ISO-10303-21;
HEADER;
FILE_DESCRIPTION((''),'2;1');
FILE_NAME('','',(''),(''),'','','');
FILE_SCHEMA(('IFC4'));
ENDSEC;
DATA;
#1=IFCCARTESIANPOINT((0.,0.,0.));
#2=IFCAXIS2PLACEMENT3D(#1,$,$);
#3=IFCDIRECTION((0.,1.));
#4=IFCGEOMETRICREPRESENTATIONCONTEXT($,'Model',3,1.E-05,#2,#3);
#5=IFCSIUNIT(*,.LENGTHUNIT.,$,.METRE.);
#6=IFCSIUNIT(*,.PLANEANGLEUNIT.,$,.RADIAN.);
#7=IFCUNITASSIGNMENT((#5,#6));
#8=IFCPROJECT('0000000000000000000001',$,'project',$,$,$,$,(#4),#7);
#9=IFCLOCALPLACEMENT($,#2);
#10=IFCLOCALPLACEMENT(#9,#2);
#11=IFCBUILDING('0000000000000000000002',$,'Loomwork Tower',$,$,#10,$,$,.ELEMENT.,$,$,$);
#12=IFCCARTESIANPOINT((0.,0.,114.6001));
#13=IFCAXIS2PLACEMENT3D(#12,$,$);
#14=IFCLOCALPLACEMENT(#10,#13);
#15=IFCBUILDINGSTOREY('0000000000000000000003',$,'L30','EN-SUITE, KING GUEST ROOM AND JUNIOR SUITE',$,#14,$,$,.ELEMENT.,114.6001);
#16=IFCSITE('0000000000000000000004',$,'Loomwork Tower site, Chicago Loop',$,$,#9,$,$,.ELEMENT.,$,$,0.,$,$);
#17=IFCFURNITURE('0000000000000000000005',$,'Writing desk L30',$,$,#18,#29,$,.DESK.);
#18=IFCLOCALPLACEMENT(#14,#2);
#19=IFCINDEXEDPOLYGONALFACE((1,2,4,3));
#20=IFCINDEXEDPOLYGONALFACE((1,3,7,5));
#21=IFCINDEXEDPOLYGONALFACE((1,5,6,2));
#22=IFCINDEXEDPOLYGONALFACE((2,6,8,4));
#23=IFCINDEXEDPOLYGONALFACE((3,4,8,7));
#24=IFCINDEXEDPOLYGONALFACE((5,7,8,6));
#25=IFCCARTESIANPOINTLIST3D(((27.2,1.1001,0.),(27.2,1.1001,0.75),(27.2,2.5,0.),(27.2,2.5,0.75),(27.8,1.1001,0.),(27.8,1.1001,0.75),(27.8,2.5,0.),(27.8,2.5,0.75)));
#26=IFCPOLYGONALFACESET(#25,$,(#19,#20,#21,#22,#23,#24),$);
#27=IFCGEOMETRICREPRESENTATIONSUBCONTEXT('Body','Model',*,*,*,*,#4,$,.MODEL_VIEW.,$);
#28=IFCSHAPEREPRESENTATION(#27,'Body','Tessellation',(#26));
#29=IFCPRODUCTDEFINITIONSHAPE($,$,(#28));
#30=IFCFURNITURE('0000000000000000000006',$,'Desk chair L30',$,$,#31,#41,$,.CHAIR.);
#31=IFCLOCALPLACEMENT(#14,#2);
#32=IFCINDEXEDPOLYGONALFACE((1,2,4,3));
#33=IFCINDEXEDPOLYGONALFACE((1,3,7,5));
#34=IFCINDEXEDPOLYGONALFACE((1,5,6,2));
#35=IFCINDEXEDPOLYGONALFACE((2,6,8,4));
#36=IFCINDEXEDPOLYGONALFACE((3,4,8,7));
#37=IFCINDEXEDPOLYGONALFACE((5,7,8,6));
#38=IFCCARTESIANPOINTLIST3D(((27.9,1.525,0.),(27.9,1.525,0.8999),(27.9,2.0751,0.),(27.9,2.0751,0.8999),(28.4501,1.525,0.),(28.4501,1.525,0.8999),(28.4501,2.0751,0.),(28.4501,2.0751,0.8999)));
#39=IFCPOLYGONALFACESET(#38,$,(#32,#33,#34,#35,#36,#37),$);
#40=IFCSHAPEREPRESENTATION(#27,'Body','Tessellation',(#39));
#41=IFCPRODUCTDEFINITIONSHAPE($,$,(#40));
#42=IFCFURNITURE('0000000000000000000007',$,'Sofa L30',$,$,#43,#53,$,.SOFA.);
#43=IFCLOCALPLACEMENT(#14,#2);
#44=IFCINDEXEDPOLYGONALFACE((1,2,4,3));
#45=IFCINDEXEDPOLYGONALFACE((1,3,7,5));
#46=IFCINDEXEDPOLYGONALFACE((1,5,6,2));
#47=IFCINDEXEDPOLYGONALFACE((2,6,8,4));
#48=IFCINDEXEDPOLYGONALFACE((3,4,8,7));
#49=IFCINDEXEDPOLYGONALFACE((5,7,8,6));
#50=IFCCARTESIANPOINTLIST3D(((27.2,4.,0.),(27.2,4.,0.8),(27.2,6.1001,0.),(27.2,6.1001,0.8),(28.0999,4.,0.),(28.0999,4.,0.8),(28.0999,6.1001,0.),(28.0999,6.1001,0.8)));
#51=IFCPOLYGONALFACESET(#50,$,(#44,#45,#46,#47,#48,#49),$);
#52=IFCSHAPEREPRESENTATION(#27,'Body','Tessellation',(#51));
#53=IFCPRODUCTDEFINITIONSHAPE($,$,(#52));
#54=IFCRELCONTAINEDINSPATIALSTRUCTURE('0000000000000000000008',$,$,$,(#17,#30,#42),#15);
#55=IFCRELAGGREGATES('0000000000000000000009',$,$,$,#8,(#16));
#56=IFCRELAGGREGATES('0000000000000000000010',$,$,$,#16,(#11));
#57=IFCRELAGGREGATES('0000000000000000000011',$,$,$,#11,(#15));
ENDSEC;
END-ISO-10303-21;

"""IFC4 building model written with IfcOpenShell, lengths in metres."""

from ifc_helpers import new_model, si_unit, direction, frame, origin, origin_2d, place, context, subcontext, project, spatial, rectangle, extrude, element, save


model = new_model("IFC4")

# Units and contexts
model_context = context("Model", 3, precision=1e-05, world=origin(), true_north=direction((0.0, 1.0)))
body_context = subcontext(model_context, "Body", "Model", "MODEL_VIEW")
ifc_project = project(units=[si_unit("LENGTHUNIT", "METRE"), si_unit("PLANEANGLEUNIT", "RADIAN")], contexts=[model_context])

# Site, building, storey
site_placement = place(None, origin())
site = spatial("IfcSite", under=ifc_project, at=site_placement, Name="Loomwork Tower site, Chicago Loop", CompositionType="ELEMENT", RefElevation=0.0)
building_placement = place(site_placement, origin())
building = spatial("IfcBuilding", under=site, at=building_placement, Name="Loomwork Tower", CompositionType="ELEMENT")
storey_placement = place(building_placement, frame((0.0, 0.0, 114.6001)))
storey = spatial("IfcBuildingStorey", under=building, at=storey_placement, Name="L30", Description="EN-SUITE, KING GUEST ROOM AND JUNIOR SUITE", CompositionType="ELEMENT", Elevation=114.6001)

# Furniture
furniture_1_placement = place(storey_placement, frame((27.5, 1.8, 0.0), z_axis=(0.0, 0.0, 1.0), x_axis=(1.0, 0.0, 0.0)))
element("IfcFurniture", 1, at=furniture_1_placement, inside=storey, Name="Writing desk L30", PredefinedType="DESK", context=body_context, shape_type="SweptSolid", body=[
    extrude(rectangle(XDim=0.6001, YDim=1.3999, at=origin_2d()), origin(), (0.0, 0.0, 1.0), 0.75),
])
furniture_2_placement = place(storey_placement, frame((28.175, 1.8, 0.0), z_axis=(0.0, 0.0, 1.0), x_axis=(1.0, 0.0, 0.0)))
element("IfcFurniture", 2, at=furniture_2_placement, inside=storey, Name="Desk chair L30", PredefinedType="CHAIR", context=body_context, shape_type="SweptSolid", body=[
    extrude(rectangle(XDim=0.55, YDim=0.55, at=origin_2d()), origin(), (0.0, 0.0, 1.0), 0.8999),
])
furniture_3_placement = place(storey_placement, frame((27.6499, 5.05, 0.0), z_axis=(0.0, 0.0, 1.0), x_axis=(1.0, 0.0, 0.0)))
element("IfcFurniture", 3, at=furniture_3_placement, inside=storey, Name="Sofa L30", PredefinedType="SOFA", context=body_context, shape_type="SweptSolid", body=[
    extrude(rectangle(XDim=0.8999, YDim=2.1001, at=origin_2d()), origin(), (0.0, 0.0, 1.0), 0.8),
])

save(model, "model.ifc")
